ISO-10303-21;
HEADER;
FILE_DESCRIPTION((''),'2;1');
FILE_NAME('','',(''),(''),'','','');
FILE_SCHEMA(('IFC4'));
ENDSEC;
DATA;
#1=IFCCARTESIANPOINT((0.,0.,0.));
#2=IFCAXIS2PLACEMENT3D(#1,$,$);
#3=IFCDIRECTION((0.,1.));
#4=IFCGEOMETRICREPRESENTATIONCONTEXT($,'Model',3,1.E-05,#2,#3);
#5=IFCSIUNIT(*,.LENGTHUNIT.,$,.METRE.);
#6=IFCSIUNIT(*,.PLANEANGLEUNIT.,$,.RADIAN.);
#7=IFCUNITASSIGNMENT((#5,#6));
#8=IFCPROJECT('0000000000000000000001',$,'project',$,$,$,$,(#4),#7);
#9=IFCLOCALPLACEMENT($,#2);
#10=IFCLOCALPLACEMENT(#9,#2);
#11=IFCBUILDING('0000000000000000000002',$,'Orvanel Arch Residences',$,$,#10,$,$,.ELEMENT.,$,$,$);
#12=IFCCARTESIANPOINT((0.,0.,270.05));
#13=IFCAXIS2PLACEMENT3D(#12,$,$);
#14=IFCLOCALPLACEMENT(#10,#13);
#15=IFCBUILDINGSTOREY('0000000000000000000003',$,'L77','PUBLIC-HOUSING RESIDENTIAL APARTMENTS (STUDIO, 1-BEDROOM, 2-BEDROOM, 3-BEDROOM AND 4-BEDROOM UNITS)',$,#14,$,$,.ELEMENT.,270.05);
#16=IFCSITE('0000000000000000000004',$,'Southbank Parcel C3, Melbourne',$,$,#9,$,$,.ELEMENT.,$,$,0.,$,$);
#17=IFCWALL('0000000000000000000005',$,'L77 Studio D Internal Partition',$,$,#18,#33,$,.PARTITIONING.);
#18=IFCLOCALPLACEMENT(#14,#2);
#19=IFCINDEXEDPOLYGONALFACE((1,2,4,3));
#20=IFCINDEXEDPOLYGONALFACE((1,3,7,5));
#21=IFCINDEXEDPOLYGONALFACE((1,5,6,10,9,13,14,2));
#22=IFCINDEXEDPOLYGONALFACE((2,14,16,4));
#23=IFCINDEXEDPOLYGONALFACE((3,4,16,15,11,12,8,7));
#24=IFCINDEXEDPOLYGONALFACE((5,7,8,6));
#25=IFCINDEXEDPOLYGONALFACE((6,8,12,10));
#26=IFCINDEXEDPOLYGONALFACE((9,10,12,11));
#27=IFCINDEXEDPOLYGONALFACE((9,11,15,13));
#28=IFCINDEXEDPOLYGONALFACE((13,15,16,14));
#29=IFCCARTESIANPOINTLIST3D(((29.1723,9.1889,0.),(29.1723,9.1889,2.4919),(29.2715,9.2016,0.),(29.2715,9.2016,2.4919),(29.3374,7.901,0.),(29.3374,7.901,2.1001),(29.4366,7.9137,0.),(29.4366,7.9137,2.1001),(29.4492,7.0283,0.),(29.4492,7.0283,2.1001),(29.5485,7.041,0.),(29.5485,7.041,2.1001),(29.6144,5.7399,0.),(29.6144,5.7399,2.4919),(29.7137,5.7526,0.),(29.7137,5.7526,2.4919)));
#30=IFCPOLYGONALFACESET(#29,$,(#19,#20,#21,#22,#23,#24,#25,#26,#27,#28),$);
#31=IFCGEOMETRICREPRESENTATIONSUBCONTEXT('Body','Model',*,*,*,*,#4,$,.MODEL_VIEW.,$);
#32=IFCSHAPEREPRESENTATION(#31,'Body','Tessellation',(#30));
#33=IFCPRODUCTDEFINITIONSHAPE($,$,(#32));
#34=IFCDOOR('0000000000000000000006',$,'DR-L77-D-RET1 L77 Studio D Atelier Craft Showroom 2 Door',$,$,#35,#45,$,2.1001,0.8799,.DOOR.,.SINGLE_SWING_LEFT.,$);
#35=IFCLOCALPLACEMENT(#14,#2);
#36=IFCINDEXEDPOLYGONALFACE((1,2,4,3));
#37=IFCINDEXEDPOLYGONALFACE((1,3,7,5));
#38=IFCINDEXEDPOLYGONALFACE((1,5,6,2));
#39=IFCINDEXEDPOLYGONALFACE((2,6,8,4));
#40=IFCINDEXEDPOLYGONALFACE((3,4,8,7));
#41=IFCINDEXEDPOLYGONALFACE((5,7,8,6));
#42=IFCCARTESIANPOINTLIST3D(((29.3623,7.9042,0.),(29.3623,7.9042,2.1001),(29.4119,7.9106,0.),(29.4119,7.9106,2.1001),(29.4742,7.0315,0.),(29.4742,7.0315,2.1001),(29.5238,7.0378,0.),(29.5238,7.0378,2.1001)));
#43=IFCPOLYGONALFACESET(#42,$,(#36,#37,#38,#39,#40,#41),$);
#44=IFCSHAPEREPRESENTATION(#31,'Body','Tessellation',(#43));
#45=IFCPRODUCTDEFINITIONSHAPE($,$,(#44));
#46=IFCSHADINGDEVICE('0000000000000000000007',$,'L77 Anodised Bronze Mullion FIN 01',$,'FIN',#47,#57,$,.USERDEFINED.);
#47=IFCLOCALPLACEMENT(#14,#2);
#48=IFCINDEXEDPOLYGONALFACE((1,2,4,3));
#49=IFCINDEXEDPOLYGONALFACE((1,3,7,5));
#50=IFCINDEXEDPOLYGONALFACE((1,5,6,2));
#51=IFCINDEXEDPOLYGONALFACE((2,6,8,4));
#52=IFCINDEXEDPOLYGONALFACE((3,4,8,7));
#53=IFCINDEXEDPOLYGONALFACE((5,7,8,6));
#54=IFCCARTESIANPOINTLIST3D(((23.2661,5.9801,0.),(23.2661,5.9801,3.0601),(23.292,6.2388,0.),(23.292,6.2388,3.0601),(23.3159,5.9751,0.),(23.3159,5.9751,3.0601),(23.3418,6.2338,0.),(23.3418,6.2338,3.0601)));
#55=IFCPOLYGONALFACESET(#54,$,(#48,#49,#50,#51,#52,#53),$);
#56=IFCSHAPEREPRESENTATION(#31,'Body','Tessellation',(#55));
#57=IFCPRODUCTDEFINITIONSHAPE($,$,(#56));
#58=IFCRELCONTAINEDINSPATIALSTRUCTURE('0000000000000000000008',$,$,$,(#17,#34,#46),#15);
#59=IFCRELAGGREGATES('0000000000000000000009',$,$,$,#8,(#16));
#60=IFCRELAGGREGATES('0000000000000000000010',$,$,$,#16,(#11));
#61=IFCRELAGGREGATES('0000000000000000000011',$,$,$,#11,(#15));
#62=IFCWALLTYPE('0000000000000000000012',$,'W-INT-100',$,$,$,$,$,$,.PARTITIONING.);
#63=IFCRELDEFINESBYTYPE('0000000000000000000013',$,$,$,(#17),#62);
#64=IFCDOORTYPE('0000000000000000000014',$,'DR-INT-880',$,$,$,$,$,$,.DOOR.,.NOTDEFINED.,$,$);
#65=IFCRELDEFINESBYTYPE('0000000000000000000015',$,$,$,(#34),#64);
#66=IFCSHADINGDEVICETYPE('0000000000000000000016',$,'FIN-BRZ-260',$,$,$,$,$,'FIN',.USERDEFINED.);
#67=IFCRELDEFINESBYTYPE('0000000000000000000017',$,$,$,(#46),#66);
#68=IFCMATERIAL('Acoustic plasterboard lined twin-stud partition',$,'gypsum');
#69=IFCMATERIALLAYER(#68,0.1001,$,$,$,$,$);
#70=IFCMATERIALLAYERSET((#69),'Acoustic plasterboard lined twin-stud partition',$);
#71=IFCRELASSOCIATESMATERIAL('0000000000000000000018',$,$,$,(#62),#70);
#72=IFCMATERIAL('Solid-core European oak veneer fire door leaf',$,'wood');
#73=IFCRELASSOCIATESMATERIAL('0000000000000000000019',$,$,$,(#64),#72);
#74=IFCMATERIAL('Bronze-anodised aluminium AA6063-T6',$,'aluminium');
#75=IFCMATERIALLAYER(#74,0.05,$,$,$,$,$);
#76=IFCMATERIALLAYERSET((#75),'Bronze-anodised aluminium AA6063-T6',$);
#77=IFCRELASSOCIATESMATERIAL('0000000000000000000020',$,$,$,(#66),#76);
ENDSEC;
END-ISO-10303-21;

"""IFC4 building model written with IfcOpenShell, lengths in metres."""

from ifc_helpers import new_model, si_unit, direction, frame, frame_2d, origin, origin_2d, place, context, subcontext, project, spatial, rectangle, extrude, material, layer, layer_set, type_object, element, fill, save


model = new_model("IFC4")

# Units and contexts
model_context = context("Model", 3, precision=1e-05, world=origin(), true_north=direction((0.0, 1.0)))
body_context = subcontext(model_context, "Body", "Model", "MODEL_VIEW")
ifc_project = project(units=[si_unit("LENGTHUNIT", "METRE"), si_unit("PLANEANGLEUNIT", "RADIAN")], contexts=[model_context])

# Site, building, storey
site_placement = place(None, origin())
site = spatial("IfcSite", under=ifc_project, at=site_placement, Name="Southbank Parcel C3, Melbourne", CompositionType="ELEMENT", RefElevation=0.0)
building_placement = place(site_placement, origin())
building = spatial("IfcBuilding", under=site, at=building_placement, Name="Orvanel Arch Residences", CompositionType="ELEMENT")
storey_placement = place(building_placement, frame((0.0, 0.0, 270.05)))
storey = spatial("IfcBuildingStorey", under=building, at=storey_placement, Name="L77", Description="PUBLIC-HOUSING RESIDENTIAL APARTMENTS (STUDIO, 1-BEDROOM, 2-BEDROOM, 3-BEDROOM AND 4-BEDROOM UNITS)", CompositionType="ELEMENT", Elevation=270.05)

# Shared definitions
ifc_material_1 = material(Name="Bronze-anodised aluminium AA6063-T6", Category="aluminium")

# Wall, opening, door
ifc_material_2 = material(Name="Acoustic plasterboard lined twin-stud partition", Category="gypsum")
ifc_layer_1 = layer(ifc_material_2, 0.1001)
ifc_layer_set_1 = layer_set([ifc_layer_1], Name="Acoustic plasterboard lined twin-stud partition")
wall_type_1 = type_object("IfcWallType", Name="W-INT-100", PredefinedType="PARTITIONING", material=ifc_layer_set_1)
wall_1_placement = place(storey_placement, frame((29.6641, 5.7461, 0.0), z_axis=(0.0, 0.0, 1.0), x_axis=(-0.127154, 0.991883, 0.0)))
wall_1 = element("IfcWall", 1, at=wall_1_placement, inside=storey, type_object=wall_type_1, Name="L77 Studio D Internal Partition", PredefinedType="PARTITIONING", context=body_context, shape_type="SweptSolid", body=[
    extrude(rectangle(XDim=3.4773, YDim=0.1001, at=frame_2d((1.7388, 0.0))), origin(), (0.0, 0.0, 1.0), 2.4919),
])
opening_1_placement = place(wall_1_placement, frame((1.2991, 0.0, 0.0)))
opening_1 = element("IfcOpeningElement", 2, at=opening_1_placement, cuts=wall_1, PredefinedType="OPENING", context=body_context, shape_type="SweptSolid", body=[
    extrude(rectangle(XDim=0.8799, YDim=2.1001, at=frame_2d((0.4399, 1.05))), frame((0.0, 0.0601, 0.0), z_axis=(0.0, -1.0, 0.0), x_axis=(1.0, 0.0, 0.0)), (0.0, 0.0, 1.0), 0.1201),
])
ifc_material_3 = material(Name="Solid-core European oak veneer fire door leaf", Category="wood")
door_type_1 = type_object("IfcDoorType", Name="DR-INT-880", OperationType="NOTDEFINED", PredefinedType="DOOR", material=ifc_material_3)
door_1_placement = place(opening_1_placement, origin())
door_1 = element("IfcDoor", 3, at=door_1_placement, inside=storey, type_object=door_type_1, Name="DR-L77-D-RET1 L77 Studio D Atelier Craft Showroom 2 Door", OperationType="SINGLE_SWING_LEFT", OverallHeight=2.1001, OverallWidth=0.8799, PredefinedType="DOOR", context=body_context, shape_type="SweptSolid", body=[
    extrude(rectangle(XDim=0.8799, YDim=2.1001, at=frame_2d((0.4399, 1.05))), frame((0.0, 0.0249, 0.0), z_axis=(0.0, -1.0, 0.0), x_axis=(1.0, 0.0, 0.0)), (0.0, 0.0, 1.0), 0.05),
])
fill(opening_1, door_1)

# Shading device
ifc_layer_2 = layer(ifc_material_1, 0.05)
ifc_layer_set_2 = layer_set([ifc_layer_2], Name="Bronze-anodised aluminium AA6063-T6")
shading_device_type = type_object("IfcShadingDeviceType", Name="FIN-BRZ-260", ElementType="FIN", PredefinedType="USERDEFINED", material=ifc_layer_set_2)
shading_device_placement = place(storey_placement, frame((23.304, 6.1069, 0.0), z_axis=(0.0, 0.0, 1.0), x_axis=(-0.09932, -0.995056, 0.0)))
element("IfcShadingDevice", 4, at=shading_device_placement, inside=storey, type_object=shading_device_type, Name="L77 Anodised Bronze Mullion FIN 01", ObjectType="FIN", PredefinedType="USERDEFINED", context=body_context, shape_type="SweptSolid", body=[
    extrude(rectangle(XDim=0.26, YDim=0.05, at=origin_2d()), origin(), (0.0, 0.0, 1.0), 3.0601),
])

save(model, "model.ifc")
